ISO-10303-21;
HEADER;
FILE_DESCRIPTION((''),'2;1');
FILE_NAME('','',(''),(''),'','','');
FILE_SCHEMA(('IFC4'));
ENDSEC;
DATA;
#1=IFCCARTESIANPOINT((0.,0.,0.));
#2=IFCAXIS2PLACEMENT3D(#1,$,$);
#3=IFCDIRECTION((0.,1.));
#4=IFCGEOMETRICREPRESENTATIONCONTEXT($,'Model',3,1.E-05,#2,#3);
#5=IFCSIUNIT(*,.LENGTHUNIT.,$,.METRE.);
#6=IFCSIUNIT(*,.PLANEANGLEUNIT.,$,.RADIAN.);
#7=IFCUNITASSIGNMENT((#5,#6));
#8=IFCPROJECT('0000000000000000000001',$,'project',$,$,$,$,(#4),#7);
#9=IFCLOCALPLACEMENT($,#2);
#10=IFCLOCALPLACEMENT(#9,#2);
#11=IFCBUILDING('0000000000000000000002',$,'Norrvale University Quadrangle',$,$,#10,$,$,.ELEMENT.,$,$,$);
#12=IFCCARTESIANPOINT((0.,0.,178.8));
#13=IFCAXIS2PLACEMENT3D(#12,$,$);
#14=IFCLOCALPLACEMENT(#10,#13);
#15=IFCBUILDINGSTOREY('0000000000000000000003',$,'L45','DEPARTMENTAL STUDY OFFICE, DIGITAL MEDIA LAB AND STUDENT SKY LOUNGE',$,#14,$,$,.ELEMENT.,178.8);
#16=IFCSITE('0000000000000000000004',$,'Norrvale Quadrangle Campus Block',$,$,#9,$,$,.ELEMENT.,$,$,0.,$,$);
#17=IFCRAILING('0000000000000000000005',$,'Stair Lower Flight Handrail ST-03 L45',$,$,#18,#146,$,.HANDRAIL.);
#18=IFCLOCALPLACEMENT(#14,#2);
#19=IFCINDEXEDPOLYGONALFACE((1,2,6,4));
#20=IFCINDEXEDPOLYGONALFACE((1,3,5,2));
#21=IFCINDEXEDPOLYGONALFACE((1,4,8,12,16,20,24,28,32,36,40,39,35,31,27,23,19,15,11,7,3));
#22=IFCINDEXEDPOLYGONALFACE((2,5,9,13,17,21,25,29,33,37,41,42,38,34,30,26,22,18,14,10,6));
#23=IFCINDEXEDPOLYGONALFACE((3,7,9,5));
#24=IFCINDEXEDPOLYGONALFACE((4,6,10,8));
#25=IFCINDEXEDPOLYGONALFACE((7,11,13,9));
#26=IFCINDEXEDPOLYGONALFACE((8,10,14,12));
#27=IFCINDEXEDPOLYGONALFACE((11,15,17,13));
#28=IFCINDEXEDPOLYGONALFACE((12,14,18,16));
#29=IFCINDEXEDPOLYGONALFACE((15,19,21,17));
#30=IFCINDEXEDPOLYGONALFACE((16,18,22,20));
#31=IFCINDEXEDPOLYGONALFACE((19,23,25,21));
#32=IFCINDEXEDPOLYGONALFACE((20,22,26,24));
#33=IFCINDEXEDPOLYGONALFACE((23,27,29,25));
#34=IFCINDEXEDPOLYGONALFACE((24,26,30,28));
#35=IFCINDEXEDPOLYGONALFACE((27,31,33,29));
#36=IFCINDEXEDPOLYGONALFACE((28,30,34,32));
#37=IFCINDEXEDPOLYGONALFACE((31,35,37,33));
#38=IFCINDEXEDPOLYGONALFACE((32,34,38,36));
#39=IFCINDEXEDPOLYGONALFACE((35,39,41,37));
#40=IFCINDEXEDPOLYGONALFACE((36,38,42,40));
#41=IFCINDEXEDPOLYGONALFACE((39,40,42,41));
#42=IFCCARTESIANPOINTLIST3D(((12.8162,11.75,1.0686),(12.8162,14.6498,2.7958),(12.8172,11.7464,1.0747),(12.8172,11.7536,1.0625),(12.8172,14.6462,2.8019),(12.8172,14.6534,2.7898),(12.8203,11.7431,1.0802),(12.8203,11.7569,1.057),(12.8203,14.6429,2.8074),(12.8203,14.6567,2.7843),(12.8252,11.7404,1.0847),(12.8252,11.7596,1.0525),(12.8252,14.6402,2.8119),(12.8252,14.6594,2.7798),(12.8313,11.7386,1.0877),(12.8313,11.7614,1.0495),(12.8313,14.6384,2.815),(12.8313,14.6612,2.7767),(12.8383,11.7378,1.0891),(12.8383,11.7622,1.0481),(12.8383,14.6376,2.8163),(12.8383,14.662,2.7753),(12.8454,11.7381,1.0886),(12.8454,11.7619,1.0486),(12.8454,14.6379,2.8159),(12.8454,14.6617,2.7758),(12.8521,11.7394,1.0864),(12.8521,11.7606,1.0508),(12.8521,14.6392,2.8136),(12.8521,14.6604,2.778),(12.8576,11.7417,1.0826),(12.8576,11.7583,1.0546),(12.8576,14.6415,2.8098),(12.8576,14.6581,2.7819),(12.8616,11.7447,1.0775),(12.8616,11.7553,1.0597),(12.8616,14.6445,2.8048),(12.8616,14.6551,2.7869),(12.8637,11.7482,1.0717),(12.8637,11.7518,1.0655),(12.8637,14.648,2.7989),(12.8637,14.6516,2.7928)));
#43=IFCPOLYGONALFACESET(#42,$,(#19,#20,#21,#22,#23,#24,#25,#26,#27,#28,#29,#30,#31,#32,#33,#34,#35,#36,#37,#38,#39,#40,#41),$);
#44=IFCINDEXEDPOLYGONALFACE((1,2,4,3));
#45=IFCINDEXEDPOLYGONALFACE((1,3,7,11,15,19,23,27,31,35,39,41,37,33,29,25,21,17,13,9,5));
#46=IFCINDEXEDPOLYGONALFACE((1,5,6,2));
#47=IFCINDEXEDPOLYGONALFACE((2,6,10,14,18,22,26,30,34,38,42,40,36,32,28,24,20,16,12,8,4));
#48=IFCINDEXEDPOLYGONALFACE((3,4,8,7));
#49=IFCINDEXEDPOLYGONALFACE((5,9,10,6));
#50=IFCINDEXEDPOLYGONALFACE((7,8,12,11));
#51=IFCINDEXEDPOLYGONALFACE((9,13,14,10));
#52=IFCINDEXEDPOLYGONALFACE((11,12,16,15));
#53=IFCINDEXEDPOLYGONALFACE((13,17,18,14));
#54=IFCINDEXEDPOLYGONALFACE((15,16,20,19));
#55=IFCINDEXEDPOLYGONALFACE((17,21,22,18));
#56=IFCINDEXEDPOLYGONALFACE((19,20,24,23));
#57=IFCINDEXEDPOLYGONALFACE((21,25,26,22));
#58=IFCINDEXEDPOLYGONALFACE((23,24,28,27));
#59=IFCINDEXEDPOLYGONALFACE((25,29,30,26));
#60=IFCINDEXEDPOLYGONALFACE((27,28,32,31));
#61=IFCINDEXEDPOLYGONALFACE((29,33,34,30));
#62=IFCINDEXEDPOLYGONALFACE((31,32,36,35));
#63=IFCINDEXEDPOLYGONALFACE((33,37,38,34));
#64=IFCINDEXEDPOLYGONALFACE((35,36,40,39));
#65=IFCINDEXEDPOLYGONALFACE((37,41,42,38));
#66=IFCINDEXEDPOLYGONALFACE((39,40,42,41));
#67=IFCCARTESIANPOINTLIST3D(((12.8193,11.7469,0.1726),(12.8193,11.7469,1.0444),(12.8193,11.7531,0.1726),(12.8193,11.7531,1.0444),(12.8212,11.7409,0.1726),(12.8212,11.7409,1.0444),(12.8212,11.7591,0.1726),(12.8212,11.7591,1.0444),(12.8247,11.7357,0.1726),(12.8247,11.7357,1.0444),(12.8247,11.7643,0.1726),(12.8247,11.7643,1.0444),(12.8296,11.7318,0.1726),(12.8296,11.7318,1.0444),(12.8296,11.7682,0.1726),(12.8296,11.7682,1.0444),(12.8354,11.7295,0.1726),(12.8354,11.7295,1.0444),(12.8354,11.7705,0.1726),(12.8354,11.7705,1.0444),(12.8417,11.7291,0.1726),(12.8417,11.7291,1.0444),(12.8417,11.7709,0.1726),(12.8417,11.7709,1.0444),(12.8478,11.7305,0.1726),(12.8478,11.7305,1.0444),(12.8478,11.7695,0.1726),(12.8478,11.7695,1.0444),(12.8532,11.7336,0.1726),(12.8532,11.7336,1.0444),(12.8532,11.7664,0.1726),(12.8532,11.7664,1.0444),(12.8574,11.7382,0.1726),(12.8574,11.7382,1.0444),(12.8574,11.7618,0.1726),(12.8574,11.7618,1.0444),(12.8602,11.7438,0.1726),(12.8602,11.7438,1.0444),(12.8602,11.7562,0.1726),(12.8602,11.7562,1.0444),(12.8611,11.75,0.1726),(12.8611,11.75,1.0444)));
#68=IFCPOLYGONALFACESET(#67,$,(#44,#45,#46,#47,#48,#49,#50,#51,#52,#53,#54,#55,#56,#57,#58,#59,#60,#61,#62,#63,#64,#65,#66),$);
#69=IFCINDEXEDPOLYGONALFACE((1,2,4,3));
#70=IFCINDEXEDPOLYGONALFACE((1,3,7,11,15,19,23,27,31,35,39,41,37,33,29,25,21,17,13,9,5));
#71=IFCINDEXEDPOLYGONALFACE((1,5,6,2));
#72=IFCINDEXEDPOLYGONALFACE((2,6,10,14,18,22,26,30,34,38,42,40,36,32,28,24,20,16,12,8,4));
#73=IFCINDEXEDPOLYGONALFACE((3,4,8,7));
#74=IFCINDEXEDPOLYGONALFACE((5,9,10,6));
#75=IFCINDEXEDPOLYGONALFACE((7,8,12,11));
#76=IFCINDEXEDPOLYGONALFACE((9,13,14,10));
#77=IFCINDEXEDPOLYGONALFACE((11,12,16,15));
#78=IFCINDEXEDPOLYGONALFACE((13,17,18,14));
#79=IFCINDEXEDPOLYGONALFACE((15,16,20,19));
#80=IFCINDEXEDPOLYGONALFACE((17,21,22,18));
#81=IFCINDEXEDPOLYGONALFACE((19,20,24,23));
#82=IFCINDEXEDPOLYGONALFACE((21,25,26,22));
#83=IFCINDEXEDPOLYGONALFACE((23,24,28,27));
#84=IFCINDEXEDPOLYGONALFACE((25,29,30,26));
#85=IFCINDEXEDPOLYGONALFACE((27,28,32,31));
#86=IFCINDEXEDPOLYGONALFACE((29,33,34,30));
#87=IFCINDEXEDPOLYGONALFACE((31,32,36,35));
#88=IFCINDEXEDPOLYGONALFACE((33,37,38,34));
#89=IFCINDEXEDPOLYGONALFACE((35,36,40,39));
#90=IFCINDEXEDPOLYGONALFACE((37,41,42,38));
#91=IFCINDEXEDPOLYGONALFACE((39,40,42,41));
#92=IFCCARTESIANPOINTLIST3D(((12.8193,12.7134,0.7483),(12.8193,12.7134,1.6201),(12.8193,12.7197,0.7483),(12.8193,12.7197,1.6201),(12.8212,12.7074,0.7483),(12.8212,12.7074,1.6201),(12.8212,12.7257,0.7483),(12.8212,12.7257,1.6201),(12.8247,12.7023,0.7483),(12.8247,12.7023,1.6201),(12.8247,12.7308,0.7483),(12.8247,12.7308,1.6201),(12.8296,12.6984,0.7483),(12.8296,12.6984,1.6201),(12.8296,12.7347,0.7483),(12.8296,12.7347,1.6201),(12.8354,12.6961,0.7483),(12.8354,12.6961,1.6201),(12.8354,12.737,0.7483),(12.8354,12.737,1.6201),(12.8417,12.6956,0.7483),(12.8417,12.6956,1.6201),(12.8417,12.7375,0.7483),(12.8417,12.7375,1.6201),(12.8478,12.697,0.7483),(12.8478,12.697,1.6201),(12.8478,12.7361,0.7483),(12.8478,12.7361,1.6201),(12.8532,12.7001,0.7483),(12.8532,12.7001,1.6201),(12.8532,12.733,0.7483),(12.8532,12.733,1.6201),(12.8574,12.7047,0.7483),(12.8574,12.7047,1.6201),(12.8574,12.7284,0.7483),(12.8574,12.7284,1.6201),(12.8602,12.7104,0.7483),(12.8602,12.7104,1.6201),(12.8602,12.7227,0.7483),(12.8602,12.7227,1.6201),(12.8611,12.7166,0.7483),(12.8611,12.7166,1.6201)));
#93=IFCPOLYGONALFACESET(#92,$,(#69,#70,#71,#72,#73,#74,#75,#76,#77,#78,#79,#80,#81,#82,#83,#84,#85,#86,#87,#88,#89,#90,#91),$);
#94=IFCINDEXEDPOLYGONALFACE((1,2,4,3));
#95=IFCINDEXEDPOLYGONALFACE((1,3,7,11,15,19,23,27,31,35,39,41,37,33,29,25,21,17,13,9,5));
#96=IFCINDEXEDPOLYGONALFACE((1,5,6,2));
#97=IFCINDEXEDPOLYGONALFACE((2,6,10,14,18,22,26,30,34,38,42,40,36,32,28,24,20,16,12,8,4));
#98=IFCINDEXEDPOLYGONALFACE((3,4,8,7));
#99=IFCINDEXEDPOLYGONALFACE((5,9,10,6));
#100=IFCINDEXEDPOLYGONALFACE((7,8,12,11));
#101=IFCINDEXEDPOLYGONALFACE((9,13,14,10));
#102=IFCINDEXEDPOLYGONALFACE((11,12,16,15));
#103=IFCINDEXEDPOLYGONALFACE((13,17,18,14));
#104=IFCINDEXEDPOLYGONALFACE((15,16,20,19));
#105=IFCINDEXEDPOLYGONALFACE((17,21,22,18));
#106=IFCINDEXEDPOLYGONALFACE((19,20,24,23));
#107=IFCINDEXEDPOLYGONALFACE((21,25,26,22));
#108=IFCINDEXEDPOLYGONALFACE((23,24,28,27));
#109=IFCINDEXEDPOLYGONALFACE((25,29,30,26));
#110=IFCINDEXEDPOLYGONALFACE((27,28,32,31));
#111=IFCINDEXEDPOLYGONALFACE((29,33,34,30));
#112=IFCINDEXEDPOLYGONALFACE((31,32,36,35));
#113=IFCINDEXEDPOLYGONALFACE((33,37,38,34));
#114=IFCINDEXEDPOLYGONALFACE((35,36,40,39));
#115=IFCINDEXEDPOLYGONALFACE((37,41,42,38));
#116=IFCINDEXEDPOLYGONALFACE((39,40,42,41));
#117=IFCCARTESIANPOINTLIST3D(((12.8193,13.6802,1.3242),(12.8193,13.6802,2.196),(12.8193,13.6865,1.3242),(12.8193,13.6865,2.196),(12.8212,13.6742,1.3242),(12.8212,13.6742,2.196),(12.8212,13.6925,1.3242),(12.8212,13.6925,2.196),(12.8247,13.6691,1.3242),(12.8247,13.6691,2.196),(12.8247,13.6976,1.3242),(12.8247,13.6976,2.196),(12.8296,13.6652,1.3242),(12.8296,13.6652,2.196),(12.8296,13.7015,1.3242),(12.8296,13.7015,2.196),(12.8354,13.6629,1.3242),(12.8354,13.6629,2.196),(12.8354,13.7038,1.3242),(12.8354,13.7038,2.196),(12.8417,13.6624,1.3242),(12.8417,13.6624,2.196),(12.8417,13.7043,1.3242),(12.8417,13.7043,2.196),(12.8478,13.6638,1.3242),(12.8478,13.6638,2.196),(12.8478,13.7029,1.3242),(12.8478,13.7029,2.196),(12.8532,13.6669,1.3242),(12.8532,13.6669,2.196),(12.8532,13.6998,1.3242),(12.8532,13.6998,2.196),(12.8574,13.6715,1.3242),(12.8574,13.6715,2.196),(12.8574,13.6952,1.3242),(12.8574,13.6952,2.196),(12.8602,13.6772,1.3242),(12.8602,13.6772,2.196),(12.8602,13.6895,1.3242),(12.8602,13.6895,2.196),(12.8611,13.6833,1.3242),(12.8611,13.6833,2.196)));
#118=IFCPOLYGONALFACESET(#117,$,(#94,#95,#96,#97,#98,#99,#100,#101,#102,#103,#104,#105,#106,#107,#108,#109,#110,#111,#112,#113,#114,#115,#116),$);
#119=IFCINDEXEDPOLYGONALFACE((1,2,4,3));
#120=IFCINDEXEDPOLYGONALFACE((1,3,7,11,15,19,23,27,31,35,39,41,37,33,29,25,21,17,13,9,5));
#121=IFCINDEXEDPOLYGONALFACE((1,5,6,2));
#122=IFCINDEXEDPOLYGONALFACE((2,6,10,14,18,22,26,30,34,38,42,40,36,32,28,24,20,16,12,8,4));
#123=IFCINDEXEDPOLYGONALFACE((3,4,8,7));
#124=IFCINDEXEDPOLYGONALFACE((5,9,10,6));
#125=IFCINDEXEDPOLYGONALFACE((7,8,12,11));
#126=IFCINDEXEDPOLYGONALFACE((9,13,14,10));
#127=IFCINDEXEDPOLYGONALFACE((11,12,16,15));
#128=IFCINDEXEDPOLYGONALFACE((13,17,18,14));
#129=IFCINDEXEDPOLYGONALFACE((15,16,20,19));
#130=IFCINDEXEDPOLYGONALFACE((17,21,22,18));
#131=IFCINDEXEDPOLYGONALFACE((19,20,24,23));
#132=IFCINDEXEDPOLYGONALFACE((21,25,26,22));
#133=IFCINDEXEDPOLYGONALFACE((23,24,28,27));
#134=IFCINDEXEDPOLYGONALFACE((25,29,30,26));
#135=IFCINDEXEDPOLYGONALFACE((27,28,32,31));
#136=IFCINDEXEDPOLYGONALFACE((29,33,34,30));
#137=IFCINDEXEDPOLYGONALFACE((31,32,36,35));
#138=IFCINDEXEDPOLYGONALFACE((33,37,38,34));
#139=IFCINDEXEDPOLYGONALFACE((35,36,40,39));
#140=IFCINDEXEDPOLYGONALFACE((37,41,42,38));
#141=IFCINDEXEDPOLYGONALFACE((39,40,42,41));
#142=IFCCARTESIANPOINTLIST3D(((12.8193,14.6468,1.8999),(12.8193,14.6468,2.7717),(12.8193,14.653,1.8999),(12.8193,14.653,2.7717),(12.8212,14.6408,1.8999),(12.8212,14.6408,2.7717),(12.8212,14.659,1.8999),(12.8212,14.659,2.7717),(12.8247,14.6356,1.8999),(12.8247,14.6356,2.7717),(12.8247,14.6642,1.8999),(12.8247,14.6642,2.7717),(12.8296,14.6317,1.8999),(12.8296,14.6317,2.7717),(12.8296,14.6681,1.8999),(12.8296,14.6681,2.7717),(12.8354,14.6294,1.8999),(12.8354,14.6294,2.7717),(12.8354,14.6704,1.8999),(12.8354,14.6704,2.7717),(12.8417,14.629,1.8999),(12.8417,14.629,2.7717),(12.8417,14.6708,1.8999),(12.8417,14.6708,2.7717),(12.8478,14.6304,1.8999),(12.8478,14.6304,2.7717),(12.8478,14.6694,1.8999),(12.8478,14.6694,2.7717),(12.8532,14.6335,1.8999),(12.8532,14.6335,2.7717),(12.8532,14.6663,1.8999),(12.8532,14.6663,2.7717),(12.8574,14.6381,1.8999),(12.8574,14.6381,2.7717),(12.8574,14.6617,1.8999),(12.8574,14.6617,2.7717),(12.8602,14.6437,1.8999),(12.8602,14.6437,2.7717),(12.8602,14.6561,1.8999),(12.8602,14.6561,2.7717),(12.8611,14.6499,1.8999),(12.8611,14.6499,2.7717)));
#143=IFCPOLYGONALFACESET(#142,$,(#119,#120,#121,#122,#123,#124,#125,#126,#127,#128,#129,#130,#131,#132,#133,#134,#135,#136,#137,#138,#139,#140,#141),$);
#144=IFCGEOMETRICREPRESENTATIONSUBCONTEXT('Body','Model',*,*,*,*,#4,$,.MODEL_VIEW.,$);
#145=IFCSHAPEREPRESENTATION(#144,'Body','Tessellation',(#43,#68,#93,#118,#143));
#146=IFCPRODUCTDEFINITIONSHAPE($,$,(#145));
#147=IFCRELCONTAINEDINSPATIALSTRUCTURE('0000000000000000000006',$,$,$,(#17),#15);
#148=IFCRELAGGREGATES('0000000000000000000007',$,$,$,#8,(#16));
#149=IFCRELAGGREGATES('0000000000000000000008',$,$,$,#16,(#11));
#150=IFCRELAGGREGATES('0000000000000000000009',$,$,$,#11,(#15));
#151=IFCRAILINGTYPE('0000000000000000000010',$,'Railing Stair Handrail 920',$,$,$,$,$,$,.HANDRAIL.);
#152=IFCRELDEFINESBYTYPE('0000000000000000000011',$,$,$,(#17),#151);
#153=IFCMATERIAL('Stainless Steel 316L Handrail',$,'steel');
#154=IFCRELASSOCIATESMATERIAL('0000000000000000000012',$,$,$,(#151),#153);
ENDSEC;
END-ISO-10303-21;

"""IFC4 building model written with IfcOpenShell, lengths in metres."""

from ifc_helpers import new_model, si_unit, direction, frame, origin, origin_2d, place, context, subcontext, project, spatial, circle, extrude, material, type_object, element, save


model = new_model("IFC4")

# Units and contexts
model_context = context("Model", 3, precision=1e-05, world=origin(), true_north=direction((0.0, 1.0)))
body_context = subcontext(model_context, "Body", "Model", "MODEL_VIEW")
ifc_project = project(units=[si_unit("LENGTHUNIT", "METRE"), si_unit("PLANEANGLEUNIT", "RADIAN")], contexts=[model_context])

# Site, building, storey
site_placement = place(None, origin())
site = spatial("IfcSite", under=ifc_project, at=site_placement, Name="Norrvale Quadrangle Campus Block", CompositionType="ELEMENT", RefElevation=0.0)
building_placement = place(site_placement, origin())
building = spatial("IfcBuilding", under=site, at=building_placement, Name="Norrvale University Quadrangle", CompositionType="ELEMENT")
storey_placement = place(building_placement, frame((0.0, 0.0, 178.8)))
storey = spatial("IfcBuildingStorey", under=building, at=storey_placement, Name="L45", Description="DEPARTMENTAL STUDY OFFICE, DIGITAL MEDIA LAB AND STUDENT SKY LOUNGE", CompositionType="ELEMENT", Elevation=178.8)

# Railing
ifc_material_1 = material(Name="Stainless Steel 316L Handrail", Category="steel")
railing_type_1 = type_object("IfcRailingType", Name="Railing Stair Handrail 920", PredefinedType="HANDRAIL", material=ifc_material_1)
railing_1_placement = place(storey_placement, frame((12.8401, 11.75, 0.1726)))
element("IfcRailing", 1, at=railing_1_placement, inside=storey, type_object=railing_type_1, Name="Stair Lower Flight Handrail ST-03 L45", PredefinedType="HANDRAIL", context=body_context, shape_type="SweptSolid", body=[
    extrude(circle(Radius=0.0239, at=origin_2d()), frame((0.0, 0.0, 0.896), z_axis=(0.0, 0.859141, 0.511738), x_axis=(-1.0, 0.0, 0.0)), (0.0, 0.0, 1.0), 3.3752),
    extrude(circle(Radius=0.021, at=origin_2d()), origin(), (0.0, 0.0, 1.0), 0.8718),
    extrude(circle(Radius=0.021, at=origin_2d()), frame((0.0, 0.9666, 0.5757)), (0.0, 0.0, 1.0), 0.8718),
    extrude(circle(Radius=0.021, at=origin_2d()), frame((0.0, 1.9333, 1.1516)), (0.0, 0.0, 1.0), 0.8718),
    extrude(circle(Radius=0.021, at=origin_2d()), frame((0.0, 2.8999, 1.7273)), (0.0, 0.0, 1.0), 0.8718),
])

save(model, "model.ifc")
